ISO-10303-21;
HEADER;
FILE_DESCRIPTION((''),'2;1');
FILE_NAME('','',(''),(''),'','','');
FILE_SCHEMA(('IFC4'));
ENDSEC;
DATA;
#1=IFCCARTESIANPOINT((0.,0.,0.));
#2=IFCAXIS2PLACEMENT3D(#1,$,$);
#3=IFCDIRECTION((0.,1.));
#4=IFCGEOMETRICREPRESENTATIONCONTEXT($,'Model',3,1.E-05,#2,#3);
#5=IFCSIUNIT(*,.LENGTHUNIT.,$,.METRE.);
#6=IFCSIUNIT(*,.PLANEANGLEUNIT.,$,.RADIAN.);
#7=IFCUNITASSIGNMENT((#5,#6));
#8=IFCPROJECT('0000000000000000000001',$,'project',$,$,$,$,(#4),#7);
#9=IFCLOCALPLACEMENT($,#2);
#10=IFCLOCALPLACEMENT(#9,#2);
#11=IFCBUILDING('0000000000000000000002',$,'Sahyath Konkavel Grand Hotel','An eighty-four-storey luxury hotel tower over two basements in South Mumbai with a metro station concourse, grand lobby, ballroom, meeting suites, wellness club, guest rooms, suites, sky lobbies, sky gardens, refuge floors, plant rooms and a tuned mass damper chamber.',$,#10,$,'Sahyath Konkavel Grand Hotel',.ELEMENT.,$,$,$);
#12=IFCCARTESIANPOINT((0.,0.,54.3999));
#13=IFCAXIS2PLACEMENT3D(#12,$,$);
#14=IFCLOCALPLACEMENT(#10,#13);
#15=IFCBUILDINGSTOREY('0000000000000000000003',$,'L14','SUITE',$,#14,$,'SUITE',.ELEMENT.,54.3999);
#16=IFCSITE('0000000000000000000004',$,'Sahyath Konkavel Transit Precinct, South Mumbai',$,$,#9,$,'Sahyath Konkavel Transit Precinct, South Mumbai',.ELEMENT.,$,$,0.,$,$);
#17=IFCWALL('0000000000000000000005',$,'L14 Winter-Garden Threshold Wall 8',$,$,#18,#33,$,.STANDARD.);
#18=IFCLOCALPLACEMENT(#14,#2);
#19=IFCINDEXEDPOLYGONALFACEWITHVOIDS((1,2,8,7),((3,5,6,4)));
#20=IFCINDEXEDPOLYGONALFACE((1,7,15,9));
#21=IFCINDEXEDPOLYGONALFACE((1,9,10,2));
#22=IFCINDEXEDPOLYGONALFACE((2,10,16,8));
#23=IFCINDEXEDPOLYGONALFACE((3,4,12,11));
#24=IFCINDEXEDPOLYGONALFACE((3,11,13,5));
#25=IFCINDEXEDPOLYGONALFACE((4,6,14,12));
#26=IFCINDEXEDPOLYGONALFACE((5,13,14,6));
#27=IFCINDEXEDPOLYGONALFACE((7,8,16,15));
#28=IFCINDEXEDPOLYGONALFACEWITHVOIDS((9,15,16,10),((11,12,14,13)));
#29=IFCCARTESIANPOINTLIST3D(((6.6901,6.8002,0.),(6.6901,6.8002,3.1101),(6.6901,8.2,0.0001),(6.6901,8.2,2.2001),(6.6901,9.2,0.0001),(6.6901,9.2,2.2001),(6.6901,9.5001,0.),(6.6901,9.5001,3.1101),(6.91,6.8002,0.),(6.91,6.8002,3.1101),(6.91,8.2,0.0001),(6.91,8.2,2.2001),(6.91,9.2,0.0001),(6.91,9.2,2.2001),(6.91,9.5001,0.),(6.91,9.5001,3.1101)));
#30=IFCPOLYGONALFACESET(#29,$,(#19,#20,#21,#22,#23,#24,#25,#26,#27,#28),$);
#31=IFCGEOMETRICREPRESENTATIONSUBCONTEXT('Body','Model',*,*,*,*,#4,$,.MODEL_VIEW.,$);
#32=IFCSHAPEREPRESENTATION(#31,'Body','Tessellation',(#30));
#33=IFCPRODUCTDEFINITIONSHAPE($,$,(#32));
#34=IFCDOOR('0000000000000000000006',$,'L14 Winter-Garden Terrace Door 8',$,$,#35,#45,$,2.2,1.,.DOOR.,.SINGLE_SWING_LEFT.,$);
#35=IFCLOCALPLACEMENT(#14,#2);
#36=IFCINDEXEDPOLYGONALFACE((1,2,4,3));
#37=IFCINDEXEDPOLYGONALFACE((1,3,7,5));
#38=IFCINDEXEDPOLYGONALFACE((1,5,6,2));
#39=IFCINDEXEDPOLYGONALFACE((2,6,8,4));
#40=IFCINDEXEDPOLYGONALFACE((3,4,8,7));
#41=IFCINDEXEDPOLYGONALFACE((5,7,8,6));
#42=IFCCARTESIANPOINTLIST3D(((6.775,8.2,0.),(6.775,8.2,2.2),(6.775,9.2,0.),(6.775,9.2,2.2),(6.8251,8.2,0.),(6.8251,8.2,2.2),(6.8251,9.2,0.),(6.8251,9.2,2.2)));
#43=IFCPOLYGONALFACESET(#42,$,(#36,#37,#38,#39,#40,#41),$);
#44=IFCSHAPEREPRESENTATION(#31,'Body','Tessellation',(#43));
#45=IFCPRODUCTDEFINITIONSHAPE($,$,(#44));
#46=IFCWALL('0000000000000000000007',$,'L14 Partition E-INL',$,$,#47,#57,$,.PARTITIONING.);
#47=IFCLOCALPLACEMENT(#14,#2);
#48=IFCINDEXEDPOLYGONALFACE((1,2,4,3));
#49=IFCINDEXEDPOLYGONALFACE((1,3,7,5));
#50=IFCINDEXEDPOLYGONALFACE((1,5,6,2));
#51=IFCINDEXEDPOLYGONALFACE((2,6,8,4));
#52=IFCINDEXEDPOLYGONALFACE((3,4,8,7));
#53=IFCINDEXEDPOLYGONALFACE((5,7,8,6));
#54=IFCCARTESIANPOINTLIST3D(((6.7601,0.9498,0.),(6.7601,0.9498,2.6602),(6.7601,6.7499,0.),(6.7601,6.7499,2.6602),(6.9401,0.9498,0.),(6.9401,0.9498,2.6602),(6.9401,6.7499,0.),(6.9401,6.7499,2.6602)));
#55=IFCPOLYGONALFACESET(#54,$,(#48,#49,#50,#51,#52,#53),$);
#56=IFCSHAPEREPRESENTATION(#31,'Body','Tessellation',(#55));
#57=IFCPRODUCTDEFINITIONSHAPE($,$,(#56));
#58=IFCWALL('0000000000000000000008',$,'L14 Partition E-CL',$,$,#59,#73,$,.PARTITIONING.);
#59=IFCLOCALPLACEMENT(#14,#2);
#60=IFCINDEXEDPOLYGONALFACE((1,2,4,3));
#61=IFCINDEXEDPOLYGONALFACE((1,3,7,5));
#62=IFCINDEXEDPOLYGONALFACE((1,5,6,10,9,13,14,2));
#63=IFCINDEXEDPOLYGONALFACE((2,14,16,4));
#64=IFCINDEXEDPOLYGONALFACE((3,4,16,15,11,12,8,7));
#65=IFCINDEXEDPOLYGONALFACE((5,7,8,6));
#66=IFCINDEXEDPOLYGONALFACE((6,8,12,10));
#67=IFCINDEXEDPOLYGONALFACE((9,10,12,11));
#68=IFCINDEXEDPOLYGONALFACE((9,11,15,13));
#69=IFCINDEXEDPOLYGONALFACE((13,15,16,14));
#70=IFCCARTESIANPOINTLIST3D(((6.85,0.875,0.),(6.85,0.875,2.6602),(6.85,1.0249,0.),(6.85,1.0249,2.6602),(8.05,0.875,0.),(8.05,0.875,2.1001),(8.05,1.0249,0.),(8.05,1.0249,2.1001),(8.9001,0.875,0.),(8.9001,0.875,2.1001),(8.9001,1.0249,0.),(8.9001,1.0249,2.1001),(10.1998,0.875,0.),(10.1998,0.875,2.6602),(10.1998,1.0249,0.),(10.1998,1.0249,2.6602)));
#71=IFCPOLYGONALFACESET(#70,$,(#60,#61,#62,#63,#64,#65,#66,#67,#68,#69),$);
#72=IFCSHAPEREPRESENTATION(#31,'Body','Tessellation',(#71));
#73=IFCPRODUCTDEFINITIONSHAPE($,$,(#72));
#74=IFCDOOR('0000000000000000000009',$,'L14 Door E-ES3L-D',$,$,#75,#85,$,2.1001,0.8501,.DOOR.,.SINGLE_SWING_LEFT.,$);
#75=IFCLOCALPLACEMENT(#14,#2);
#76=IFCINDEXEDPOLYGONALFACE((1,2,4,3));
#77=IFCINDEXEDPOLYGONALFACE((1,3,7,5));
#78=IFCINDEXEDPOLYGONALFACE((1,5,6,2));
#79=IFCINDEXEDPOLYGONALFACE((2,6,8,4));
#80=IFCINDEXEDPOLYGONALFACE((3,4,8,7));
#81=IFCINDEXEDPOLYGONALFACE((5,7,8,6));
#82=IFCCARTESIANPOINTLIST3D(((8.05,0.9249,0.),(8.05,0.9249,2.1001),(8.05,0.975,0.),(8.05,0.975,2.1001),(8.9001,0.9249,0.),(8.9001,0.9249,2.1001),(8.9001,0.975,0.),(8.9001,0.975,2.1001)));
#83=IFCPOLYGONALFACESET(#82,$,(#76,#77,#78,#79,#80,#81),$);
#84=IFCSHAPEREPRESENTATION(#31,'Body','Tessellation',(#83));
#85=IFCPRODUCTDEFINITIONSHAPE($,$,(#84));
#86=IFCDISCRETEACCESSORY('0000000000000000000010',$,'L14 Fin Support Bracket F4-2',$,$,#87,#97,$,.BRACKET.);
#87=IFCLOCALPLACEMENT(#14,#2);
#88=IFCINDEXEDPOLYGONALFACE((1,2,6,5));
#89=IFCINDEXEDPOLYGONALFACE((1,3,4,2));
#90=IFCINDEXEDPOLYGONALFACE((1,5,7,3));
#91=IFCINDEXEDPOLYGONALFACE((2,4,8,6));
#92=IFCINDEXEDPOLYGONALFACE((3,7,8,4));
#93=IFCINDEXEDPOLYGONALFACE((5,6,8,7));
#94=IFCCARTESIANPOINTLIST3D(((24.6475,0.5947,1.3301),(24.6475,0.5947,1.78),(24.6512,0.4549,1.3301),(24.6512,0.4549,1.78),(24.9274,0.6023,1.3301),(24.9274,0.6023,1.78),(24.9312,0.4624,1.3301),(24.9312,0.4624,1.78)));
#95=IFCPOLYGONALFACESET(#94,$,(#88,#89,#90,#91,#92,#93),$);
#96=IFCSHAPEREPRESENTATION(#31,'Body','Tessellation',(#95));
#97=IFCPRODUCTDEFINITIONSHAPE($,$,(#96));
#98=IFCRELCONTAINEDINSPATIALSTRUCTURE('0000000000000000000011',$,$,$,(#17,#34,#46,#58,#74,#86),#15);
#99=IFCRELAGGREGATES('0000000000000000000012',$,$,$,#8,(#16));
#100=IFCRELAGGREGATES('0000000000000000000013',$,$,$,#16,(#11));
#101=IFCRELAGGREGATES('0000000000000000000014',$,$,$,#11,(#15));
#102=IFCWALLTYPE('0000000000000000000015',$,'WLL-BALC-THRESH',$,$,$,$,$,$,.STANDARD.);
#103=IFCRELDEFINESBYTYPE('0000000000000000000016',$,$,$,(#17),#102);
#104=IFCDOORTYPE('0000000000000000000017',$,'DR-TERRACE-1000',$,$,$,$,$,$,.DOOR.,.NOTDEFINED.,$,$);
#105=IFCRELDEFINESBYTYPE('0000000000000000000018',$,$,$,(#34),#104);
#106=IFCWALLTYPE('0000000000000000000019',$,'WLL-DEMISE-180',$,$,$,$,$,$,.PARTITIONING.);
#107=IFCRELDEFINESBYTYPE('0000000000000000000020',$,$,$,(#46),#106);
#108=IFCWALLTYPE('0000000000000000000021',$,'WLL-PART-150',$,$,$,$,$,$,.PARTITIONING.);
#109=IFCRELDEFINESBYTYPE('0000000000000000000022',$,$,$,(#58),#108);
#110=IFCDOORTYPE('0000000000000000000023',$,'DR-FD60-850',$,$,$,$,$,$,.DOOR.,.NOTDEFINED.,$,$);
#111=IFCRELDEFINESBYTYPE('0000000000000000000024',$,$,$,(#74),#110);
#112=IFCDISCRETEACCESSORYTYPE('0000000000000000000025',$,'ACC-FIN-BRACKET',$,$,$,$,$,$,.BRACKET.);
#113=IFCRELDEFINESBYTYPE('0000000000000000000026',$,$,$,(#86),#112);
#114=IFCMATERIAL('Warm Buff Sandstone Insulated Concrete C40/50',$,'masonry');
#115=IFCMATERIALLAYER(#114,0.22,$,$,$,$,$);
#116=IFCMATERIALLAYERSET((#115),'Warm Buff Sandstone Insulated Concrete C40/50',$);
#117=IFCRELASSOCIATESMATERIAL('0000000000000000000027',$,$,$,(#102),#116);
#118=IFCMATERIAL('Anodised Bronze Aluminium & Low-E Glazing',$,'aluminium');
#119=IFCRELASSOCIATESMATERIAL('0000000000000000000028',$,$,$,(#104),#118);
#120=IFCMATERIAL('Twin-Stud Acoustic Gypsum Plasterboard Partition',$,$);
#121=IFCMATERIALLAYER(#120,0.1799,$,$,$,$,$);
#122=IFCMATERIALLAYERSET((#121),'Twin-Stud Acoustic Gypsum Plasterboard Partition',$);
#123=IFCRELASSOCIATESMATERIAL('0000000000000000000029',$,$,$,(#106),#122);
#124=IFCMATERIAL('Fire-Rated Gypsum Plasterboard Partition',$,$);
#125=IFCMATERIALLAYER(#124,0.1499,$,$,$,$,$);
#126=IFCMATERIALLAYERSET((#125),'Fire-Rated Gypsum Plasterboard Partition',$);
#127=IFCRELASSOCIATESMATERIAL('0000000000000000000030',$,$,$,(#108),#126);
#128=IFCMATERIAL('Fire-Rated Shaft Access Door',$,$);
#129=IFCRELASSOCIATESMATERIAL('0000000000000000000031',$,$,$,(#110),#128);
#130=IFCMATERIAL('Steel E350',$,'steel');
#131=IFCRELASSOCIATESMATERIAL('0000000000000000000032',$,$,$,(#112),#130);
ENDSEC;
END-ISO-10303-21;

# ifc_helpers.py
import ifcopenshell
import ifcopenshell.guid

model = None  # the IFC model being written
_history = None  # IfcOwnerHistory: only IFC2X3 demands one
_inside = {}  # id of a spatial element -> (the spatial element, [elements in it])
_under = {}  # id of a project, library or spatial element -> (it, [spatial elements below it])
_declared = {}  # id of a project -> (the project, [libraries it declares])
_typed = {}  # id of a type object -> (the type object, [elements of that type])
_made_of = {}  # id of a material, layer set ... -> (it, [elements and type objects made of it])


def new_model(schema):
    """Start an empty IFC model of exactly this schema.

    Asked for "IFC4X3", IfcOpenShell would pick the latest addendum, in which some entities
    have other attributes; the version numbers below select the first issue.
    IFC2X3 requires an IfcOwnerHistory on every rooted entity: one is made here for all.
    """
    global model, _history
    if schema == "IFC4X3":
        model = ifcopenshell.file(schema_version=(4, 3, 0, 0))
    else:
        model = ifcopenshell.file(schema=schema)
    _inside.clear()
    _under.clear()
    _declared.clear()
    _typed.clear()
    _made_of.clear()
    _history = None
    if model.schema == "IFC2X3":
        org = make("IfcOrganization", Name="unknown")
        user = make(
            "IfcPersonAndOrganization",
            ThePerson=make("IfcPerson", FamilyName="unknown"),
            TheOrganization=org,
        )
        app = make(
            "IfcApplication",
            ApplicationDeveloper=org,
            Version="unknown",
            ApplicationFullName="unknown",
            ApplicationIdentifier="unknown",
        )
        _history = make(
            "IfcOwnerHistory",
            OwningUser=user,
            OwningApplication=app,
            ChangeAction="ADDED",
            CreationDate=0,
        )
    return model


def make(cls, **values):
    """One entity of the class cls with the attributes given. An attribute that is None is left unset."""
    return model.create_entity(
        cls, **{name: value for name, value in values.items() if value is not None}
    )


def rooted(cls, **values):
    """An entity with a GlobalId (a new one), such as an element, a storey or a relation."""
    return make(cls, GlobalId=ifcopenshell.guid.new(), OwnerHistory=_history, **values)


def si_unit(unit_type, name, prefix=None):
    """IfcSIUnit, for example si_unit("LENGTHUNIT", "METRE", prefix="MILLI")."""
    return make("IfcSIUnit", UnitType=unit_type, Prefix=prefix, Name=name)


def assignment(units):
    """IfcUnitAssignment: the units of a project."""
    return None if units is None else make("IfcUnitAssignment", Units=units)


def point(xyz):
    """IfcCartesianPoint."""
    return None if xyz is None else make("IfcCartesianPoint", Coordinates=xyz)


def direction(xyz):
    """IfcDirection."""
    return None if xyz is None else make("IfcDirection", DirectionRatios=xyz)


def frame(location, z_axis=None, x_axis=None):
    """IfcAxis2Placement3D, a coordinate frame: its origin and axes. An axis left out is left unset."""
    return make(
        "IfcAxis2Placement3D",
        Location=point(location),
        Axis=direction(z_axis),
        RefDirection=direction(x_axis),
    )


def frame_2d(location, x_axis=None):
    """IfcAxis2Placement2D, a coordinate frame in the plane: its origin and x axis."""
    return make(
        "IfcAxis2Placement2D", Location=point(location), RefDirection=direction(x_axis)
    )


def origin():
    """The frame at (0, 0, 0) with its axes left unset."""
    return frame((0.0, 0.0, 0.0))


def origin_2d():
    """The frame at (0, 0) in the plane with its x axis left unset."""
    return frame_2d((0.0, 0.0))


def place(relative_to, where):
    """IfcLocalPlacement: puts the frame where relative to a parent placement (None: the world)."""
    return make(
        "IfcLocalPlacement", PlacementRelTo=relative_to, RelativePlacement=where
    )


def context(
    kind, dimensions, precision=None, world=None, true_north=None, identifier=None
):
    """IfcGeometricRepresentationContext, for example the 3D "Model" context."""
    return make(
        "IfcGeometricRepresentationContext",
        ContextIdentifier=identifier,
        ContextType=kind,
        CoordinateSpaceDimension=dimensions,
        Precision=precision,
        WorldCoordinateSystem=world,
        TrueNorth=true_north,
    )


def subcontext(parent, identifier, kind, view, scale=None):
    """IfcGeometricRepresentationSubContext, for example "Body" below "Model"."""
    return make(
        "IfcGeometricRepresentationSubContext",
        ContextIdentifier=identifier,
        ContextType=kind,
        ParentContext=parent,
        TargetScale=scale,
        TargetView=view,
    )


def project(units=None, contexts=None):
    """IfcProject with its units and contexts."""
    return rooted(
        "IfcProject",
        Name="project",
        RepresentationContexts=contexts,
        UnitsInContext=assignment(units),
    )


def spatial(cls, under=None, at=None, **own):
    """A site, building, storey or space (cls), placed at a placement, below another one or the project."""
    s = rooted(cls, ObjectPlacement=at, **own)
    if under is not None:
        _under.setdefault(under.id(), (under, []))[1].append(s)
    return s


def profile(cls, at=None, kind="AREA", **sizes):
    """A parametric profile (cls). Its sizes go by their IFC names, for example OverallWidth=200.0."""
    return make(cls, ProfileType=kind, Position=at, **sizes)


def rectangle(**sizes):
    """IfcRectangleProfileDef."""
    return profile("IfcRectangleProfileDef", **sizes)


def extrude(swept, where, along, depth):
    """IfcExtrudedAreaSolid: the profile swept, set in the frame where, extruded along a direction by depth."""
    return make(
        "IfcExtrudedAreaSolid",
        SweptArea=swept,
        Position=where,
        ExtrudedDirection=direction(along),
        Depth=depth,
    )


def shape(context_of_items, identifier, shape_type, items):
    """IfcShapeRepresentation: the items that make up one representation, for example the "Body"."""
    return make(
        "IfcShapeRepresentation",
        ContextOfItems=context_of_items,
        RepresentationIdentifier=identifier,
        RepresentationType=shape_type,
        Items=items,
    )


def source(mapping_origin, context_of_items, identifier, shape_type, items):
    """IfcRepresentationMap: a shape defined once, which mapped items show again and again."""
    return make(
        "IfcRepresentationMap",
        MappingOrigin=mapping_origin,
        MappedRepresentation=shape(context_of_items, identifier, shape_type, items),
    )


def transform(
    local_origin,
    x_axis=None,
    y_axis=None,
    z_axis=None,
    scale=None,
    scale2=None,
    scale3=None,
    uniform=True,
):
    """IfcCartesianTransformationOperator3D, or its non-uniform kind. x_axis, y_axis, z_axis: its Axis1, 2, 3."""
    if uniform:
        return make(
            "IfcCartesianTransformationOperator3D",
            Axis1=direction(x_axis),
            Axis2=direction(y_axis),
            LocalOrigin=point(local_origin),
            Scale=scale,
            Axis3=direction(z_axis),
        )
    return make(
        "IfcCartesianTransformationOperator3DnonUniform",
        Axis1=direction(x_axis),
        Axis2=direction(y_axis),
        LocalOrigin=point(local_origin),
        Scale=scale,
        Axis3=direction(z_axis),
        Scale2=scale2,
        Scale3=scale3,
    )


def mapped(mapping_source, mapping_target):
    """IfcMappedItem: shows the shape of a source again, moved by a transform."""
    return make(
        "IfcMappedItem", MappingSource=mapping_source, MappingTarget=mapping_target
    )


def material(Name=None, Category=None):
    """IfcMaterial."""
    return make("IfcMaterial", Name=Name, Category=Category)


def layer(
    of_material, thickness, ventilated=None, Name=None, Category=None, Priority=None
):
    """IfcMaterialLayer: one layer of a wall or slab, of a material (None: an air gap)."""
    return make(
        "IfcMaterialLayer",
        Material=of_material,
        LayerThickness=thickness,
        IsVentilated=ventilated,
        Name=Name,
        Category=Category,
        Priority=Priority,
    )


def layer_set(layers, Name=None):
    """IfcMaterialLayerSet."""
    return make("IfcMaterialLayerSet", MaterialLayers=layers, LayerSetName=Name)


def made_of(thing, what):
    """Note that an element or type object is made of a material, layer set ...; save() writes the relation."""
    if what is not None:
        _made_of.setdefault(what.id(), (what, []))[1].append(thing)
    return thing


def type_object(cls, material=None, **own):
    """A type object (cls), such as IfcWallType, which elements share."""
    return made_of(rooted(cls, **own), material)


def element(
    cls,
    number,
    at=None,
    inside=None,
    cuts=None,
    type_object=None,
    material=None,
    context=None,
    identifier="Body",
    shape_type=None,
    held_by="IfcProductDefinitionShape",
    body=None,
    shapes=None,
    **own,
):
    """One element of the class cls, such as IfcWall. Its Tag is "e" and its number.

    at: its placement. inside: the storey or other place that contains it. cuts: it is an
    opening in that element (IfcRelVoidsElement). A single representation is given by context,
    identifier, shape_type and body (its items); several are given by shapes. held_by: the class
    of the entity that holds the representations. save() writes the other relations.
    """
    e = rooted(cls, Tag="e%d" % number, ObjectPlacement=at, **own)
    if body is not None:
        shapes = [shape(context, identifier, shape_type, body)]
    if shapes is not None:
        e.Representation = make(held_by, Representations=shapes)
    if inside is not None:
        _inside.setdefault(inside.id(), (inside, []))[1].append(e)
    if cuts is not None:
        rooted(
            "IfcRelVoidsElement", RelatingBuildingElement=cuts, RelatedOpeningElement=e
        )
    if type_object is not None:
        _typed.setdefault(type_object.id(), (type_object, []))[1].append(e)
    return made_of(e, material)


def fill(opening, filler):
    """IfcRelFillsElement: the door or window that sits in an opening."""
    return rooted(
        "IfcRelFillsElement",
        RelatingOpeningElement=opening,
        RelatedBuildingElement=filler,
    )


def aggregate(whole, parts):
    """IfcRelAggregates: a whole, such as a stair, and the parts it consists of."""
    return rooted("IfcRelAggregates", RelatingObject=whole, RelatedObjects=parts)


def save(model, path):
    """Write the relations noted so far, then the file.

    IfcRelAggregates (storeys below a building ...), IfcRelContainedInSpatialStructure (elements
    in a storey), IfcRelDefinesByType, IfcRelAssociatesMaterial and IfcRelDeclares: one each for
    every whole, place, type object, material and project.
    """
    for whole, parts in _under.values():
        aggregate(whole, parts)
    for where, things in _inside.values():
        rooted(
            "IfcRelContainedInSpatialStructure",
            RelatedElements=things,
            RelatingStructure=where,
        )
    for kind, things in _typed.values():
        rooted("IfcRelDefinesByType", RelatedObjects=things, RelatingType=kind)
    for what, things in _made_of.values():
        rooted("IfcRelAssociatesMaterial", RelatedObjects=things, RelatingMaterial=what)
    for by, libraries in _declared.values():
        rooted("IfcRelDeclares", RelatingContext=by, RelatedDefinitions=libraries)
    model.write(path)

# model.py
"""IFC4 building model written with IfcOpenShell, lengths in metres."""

from ifc_helpers import new_model, si_unit, direction, frame, frame_2d, origin, origin_2d, place, context, subcontext, project, spatial, rectangle, extrude, source, transform, mapped, material, layer, layer_set, type_object, element, fill, save


model = new_model("IFC4")

# Units and contexts
model_context = context("Model", 3, precision=1e-05, world=origin(), true_north=direction((0.0, 1.0)))
body_context = subcontext(model_context, "Body", "Model", "MODEL_VIEW")
ifc_project = project(units=[si_unit("LENGTHUNIT", "METRE"), si_unit("PLANEANGLEUNIT", "RADIAN")], contexts=[model_context])

# Site, building, storey
site_placement = place(None, origin())
site = spatial("IfcSite", under=ifc_project, at=site_placement, Name="Sahyath Konkavel Transit Precinct, South Mumbai", LongName="Sahyath Konkavel Transit Precinct, South Mumbai", CompositionType="ELEMENT", RefElevation=0.0)
building_placement = place(site_placement, origin())
building = spatial("IfcBuilding", under=site, at=building_placement, Name="Sahyath Konkavel Grand Hotel", Description="An eighty-four-storey luxury hotel tower over two basements in South Mumbai with a metro station concourse, grand lobby, ballroom, meeting suites, wellness club, guest rooms, suites, sky lobbies, sky gardens, refuge floors, plant rooms and a tuned mass damper chamber.", LongName="Sahyath Konkavel Grand Hotel", CompositionType="ELEMENT")
storey_placement = place(building_placement, frame((0.0, 0.0, 54.3999)))
storey = spatial("IfcBuildingStorey", under=building, at=storey_placement, Name="L14", Description="SUITE", LongName="SUITE", CompositionType="ELEMENT", Elevation=54.3999)

# Shared definitions
ifc_material_1 = material(Name="Steel E350", Category="steel")

# Shared definitions
ifc_material_2 = material(Name="Anodised Bronze Aluminium & Low-E Glazing", Category="aluminium")

# Shared definitions
ifc_material_3 = material(Name="Warm Buff Sandstone Insulated Concrete C40/50", Category="masonry")
ifc_layer_1 = layer(ifc_material_3, 0.22)
ifc_layer_set_1 = layer_set([ifc_layer_1], Name="Warm Buff Sandstone Insulated Concrete C40/50")
wall_type_1 = type_object("IfcWallType", Name="WLL-BALC-THRESH", PredefinedType="STANDARD", material=ifc_layer_set_1)

# Wall, opening, door
wall_1_placement = place(storey_placement, frame((6.8, 6.8, 0.0), z_axis=(0.0, 0.0, 1.0), x_axis=(0.0, 1.0, 0.0)))
wall_1 = element("IfcWall", 1, at=wall_1_placement, inside=storey, type_object=wall_type_1, Name="L14 Winter-Garden Threshold Wall 8", PredefinedType="STANDARD", context=body_context, shape_type="SweptSolid", body=[
    extrude(rectangle(XDim=2.7, YDim=0.22, at=frame_2d((1.3501, 0.0))), origin(), (0.0, 0.0, 1.0), 3.1101),
])
opening_1_placement = place(wall_1_placement, frame((1.3999, 0.0, 0.0)))
opening_1 = element("IfcOpeningElement", 2, at=opening_1_placement, cuts=wall_1, PredefinedType="OPENING", context=body_context, shape_type="SweptSolid", body=[
    extrude(rectangle(XDim=1.0, YDim=2.2, at=frame_2d((0.5, 1.1001))), frame((0.0, 0.1201, 0.0), z_axis=(0.0, -1.0, 0.0), x_axis=(1.0, 0.0, 0.0)), (0.0, 0.0, 1.0), 0.24),
])
door_type_1 = type_object("IfcDoorType", Name="DR-TERRACE-1000", OperationType="NOTDEFINED", PredefinedType="DOOR", material=ifc_material_2)
shared_shape_1 = source(origin(), body_context, "Body", "SweptSolid", [
    extrude(rectangle(XDim=1.0, YDim=0.05, at=origin_2d()), origin(), (0.0, 0.0, 1.0), 2.2),
])
door_1_placement = place(opening_1_placement, frame((0.5, 0.0, 0.0)))
door_1 = element("IfcDoor", 3, at=door_1_placement, inside=storey, type_object=door_type_1, Name="L14 Winter-Garden Terrace Door 8", OperationType="SINGLE_SWING_LEFT", OverallHeight=2.2, OverallWidth=1.0, PredefinedType="DOOR", context=body_context, shape_type="MappedRepresentation", body=[
    mapped(shared_shape_1, transform((0.0, 0.0, 0.0), scale=1.0)),
])
fill(opening_1, door_1)

# Wall
ifc_material_4 = material(Name="Twin-Stud Acoustic Gypsum Plasterboard Partition")
ifc_layer_2 = layer(ifc_material_4, 0.1799)
ifc_layer_set_2 = layer_set([ifc_layer_2], Name="Twin-Stud Acoustic Gypsum Plasterboard Partition")
wall_type_2 = type_object("IfcWallType", Name="WLL-DEMISE-180", PredefinedType="PARTITIONING", material=ifc_layer_set_2)
wall_2_placement = place(storey_placement, frame((6.8501, 0.95, 0.0), z_axis=(0.0, 0.0, 1.0), x_axis=(0.0, 1.0, 0.0)))
element("IfcWall", 4, at=wall_2_placement, inside=storey, type_object=wall_type_2, Name="L14 Partition E-INL", PredefinedType="PARTITIONING", context=body_context, shape_type="SweptSolid", body=[
    extrude(rectangle(XDim=5.8, YDim=0.1799, at=frame_2d((2.8999, 0.0))), origin(), (0.0, 0.0, 1.0), 2.6602),
])

# Wall, opening, door
ifc_material_5 = material(Name="Fire-Rated Gypsum Plasterboard Partition")
ifc_layer_3 = layer(ifc_material_5, 0.1499)
ifc_layer_set_3 = layer_set([ifc_layer_3], Name="Fire-Rated Gypsum Plasterboard Partition")
wall_type_3 = type_object("IfcWallType", Name="WLL-PART-150", PredefinedType="PARTITIONING", material=ifc_layer_set_3)
wall_3_placement = place(storey_placement, frame((6.8501, 0.95, 0.0), z_axis=(0.0, 0.0, 1.0), x_axis=(1.0, 0.0, 0.0)))
wall_3 = element("IfcWall", 5, at=wall_3_placement, inside=storey, type_object=wall_type_3, Name="L14 Partition E-CL", PredefinedType="PARTITIONING", context=body_context, shape_type="SweptSolid", body=[
    extrude(rectangle(XDim=3.3499, YDim=0.1499, at=frame_2d((1.6748, 0.0))), origin(), (0.0, 0.0, 1.0), 2.6602),
])
opening_2_placement = place(wall_3_placement, frame((1.2, 0.0, 0.0)))
opening_2 = element("IfcOpeningElement", 6, at=opening_2_placement, cuts=wall_3, PredefinedType="OPENING", context=body_context, shape_type="SweptSolid", body=[
    extrude(rectangle(XDim=0.8501, YDim=2.1001, at=frame_2d((0.425, 1.05))), frame((0.0, 0.085, 0.0), z_axis=(0.0, -1.0, 0.0), x_axis=(1.0, 0.0, 0.0)), (0.0, 0.0, 1.0), 0.1699),
])
ifc_material_6 = material(Name="Fire-Rated Shaft Access Door")
door_type_2 = type_object("IfcDoorType", Name="DR-FD60-850", OperationType="NOTDEFINED", PredefinedType="DOOR", material=ifc_material_6)
shared_shape_2 = source(origin(), body_context, "Body", "SweptSolid", [
    extrude(rectangle(XDim=0.8501, YDim=0.05, at=origin_2d()), origin(), (0.0, 0.0, 1.0), 2.1001),
])
door_2_placement = place(opening_2_placement, frame((0.425, 0.0, 0.0)))
door_2 = element("IfcDoor", 7, at=door_2_placement, inside=storey, type_object=door_type_2, Name="L14 Door E-ES3L-D", OperationType="SINGLE_SWING_LEFT", OverallHeight=2.1001, OverallWidth=0.8501, PredefinedType="DOOR", context=body_context, shape_type="MappedRepresentation", body=[
    mapped(shared_shape_2, transform((0.0, 0.0, 0.0), scale=1.0)),
])
fill(opening_2, door_2)

# Discrete accessory
discrete_accessory_type = type_object("IfcDiscreteAccessoryType", Name="ACC-FIN-BRACKET", PredefinedType="BRACKET", material=ifc_material_1)
shared_shape_3 = source(origin(), body_context, "Body", "SweptSolid", [
    extrude(rectangle(XDim=0.28, YDim=0.1399, at=origin_2d()), origin(), (0.0, 0.0, 1.0), 0.45),
])
discrete_accessory_placement = place(storey_placement, frame((24.7893, 0.5286, 1.3301), z_axis=(0.0, 0.0, 1.0), x_axis=(0.999638, 0.02691, 0.0)))
element("IfcDiscreteAccessory", 8, at=discrete_accessory_placement, inside=storey, type_object=discrete_accessory_type, Name="L14 Fin Support Bracket F4-2", PredefinedType="BRACKET", context=body_context, shape_type="MappedRepresentation", body=[
    mapped(shared_shape_3, transform((0.0, 0.0, 0.0), scale=1.0)),
])

save(model, "model.ifc")
